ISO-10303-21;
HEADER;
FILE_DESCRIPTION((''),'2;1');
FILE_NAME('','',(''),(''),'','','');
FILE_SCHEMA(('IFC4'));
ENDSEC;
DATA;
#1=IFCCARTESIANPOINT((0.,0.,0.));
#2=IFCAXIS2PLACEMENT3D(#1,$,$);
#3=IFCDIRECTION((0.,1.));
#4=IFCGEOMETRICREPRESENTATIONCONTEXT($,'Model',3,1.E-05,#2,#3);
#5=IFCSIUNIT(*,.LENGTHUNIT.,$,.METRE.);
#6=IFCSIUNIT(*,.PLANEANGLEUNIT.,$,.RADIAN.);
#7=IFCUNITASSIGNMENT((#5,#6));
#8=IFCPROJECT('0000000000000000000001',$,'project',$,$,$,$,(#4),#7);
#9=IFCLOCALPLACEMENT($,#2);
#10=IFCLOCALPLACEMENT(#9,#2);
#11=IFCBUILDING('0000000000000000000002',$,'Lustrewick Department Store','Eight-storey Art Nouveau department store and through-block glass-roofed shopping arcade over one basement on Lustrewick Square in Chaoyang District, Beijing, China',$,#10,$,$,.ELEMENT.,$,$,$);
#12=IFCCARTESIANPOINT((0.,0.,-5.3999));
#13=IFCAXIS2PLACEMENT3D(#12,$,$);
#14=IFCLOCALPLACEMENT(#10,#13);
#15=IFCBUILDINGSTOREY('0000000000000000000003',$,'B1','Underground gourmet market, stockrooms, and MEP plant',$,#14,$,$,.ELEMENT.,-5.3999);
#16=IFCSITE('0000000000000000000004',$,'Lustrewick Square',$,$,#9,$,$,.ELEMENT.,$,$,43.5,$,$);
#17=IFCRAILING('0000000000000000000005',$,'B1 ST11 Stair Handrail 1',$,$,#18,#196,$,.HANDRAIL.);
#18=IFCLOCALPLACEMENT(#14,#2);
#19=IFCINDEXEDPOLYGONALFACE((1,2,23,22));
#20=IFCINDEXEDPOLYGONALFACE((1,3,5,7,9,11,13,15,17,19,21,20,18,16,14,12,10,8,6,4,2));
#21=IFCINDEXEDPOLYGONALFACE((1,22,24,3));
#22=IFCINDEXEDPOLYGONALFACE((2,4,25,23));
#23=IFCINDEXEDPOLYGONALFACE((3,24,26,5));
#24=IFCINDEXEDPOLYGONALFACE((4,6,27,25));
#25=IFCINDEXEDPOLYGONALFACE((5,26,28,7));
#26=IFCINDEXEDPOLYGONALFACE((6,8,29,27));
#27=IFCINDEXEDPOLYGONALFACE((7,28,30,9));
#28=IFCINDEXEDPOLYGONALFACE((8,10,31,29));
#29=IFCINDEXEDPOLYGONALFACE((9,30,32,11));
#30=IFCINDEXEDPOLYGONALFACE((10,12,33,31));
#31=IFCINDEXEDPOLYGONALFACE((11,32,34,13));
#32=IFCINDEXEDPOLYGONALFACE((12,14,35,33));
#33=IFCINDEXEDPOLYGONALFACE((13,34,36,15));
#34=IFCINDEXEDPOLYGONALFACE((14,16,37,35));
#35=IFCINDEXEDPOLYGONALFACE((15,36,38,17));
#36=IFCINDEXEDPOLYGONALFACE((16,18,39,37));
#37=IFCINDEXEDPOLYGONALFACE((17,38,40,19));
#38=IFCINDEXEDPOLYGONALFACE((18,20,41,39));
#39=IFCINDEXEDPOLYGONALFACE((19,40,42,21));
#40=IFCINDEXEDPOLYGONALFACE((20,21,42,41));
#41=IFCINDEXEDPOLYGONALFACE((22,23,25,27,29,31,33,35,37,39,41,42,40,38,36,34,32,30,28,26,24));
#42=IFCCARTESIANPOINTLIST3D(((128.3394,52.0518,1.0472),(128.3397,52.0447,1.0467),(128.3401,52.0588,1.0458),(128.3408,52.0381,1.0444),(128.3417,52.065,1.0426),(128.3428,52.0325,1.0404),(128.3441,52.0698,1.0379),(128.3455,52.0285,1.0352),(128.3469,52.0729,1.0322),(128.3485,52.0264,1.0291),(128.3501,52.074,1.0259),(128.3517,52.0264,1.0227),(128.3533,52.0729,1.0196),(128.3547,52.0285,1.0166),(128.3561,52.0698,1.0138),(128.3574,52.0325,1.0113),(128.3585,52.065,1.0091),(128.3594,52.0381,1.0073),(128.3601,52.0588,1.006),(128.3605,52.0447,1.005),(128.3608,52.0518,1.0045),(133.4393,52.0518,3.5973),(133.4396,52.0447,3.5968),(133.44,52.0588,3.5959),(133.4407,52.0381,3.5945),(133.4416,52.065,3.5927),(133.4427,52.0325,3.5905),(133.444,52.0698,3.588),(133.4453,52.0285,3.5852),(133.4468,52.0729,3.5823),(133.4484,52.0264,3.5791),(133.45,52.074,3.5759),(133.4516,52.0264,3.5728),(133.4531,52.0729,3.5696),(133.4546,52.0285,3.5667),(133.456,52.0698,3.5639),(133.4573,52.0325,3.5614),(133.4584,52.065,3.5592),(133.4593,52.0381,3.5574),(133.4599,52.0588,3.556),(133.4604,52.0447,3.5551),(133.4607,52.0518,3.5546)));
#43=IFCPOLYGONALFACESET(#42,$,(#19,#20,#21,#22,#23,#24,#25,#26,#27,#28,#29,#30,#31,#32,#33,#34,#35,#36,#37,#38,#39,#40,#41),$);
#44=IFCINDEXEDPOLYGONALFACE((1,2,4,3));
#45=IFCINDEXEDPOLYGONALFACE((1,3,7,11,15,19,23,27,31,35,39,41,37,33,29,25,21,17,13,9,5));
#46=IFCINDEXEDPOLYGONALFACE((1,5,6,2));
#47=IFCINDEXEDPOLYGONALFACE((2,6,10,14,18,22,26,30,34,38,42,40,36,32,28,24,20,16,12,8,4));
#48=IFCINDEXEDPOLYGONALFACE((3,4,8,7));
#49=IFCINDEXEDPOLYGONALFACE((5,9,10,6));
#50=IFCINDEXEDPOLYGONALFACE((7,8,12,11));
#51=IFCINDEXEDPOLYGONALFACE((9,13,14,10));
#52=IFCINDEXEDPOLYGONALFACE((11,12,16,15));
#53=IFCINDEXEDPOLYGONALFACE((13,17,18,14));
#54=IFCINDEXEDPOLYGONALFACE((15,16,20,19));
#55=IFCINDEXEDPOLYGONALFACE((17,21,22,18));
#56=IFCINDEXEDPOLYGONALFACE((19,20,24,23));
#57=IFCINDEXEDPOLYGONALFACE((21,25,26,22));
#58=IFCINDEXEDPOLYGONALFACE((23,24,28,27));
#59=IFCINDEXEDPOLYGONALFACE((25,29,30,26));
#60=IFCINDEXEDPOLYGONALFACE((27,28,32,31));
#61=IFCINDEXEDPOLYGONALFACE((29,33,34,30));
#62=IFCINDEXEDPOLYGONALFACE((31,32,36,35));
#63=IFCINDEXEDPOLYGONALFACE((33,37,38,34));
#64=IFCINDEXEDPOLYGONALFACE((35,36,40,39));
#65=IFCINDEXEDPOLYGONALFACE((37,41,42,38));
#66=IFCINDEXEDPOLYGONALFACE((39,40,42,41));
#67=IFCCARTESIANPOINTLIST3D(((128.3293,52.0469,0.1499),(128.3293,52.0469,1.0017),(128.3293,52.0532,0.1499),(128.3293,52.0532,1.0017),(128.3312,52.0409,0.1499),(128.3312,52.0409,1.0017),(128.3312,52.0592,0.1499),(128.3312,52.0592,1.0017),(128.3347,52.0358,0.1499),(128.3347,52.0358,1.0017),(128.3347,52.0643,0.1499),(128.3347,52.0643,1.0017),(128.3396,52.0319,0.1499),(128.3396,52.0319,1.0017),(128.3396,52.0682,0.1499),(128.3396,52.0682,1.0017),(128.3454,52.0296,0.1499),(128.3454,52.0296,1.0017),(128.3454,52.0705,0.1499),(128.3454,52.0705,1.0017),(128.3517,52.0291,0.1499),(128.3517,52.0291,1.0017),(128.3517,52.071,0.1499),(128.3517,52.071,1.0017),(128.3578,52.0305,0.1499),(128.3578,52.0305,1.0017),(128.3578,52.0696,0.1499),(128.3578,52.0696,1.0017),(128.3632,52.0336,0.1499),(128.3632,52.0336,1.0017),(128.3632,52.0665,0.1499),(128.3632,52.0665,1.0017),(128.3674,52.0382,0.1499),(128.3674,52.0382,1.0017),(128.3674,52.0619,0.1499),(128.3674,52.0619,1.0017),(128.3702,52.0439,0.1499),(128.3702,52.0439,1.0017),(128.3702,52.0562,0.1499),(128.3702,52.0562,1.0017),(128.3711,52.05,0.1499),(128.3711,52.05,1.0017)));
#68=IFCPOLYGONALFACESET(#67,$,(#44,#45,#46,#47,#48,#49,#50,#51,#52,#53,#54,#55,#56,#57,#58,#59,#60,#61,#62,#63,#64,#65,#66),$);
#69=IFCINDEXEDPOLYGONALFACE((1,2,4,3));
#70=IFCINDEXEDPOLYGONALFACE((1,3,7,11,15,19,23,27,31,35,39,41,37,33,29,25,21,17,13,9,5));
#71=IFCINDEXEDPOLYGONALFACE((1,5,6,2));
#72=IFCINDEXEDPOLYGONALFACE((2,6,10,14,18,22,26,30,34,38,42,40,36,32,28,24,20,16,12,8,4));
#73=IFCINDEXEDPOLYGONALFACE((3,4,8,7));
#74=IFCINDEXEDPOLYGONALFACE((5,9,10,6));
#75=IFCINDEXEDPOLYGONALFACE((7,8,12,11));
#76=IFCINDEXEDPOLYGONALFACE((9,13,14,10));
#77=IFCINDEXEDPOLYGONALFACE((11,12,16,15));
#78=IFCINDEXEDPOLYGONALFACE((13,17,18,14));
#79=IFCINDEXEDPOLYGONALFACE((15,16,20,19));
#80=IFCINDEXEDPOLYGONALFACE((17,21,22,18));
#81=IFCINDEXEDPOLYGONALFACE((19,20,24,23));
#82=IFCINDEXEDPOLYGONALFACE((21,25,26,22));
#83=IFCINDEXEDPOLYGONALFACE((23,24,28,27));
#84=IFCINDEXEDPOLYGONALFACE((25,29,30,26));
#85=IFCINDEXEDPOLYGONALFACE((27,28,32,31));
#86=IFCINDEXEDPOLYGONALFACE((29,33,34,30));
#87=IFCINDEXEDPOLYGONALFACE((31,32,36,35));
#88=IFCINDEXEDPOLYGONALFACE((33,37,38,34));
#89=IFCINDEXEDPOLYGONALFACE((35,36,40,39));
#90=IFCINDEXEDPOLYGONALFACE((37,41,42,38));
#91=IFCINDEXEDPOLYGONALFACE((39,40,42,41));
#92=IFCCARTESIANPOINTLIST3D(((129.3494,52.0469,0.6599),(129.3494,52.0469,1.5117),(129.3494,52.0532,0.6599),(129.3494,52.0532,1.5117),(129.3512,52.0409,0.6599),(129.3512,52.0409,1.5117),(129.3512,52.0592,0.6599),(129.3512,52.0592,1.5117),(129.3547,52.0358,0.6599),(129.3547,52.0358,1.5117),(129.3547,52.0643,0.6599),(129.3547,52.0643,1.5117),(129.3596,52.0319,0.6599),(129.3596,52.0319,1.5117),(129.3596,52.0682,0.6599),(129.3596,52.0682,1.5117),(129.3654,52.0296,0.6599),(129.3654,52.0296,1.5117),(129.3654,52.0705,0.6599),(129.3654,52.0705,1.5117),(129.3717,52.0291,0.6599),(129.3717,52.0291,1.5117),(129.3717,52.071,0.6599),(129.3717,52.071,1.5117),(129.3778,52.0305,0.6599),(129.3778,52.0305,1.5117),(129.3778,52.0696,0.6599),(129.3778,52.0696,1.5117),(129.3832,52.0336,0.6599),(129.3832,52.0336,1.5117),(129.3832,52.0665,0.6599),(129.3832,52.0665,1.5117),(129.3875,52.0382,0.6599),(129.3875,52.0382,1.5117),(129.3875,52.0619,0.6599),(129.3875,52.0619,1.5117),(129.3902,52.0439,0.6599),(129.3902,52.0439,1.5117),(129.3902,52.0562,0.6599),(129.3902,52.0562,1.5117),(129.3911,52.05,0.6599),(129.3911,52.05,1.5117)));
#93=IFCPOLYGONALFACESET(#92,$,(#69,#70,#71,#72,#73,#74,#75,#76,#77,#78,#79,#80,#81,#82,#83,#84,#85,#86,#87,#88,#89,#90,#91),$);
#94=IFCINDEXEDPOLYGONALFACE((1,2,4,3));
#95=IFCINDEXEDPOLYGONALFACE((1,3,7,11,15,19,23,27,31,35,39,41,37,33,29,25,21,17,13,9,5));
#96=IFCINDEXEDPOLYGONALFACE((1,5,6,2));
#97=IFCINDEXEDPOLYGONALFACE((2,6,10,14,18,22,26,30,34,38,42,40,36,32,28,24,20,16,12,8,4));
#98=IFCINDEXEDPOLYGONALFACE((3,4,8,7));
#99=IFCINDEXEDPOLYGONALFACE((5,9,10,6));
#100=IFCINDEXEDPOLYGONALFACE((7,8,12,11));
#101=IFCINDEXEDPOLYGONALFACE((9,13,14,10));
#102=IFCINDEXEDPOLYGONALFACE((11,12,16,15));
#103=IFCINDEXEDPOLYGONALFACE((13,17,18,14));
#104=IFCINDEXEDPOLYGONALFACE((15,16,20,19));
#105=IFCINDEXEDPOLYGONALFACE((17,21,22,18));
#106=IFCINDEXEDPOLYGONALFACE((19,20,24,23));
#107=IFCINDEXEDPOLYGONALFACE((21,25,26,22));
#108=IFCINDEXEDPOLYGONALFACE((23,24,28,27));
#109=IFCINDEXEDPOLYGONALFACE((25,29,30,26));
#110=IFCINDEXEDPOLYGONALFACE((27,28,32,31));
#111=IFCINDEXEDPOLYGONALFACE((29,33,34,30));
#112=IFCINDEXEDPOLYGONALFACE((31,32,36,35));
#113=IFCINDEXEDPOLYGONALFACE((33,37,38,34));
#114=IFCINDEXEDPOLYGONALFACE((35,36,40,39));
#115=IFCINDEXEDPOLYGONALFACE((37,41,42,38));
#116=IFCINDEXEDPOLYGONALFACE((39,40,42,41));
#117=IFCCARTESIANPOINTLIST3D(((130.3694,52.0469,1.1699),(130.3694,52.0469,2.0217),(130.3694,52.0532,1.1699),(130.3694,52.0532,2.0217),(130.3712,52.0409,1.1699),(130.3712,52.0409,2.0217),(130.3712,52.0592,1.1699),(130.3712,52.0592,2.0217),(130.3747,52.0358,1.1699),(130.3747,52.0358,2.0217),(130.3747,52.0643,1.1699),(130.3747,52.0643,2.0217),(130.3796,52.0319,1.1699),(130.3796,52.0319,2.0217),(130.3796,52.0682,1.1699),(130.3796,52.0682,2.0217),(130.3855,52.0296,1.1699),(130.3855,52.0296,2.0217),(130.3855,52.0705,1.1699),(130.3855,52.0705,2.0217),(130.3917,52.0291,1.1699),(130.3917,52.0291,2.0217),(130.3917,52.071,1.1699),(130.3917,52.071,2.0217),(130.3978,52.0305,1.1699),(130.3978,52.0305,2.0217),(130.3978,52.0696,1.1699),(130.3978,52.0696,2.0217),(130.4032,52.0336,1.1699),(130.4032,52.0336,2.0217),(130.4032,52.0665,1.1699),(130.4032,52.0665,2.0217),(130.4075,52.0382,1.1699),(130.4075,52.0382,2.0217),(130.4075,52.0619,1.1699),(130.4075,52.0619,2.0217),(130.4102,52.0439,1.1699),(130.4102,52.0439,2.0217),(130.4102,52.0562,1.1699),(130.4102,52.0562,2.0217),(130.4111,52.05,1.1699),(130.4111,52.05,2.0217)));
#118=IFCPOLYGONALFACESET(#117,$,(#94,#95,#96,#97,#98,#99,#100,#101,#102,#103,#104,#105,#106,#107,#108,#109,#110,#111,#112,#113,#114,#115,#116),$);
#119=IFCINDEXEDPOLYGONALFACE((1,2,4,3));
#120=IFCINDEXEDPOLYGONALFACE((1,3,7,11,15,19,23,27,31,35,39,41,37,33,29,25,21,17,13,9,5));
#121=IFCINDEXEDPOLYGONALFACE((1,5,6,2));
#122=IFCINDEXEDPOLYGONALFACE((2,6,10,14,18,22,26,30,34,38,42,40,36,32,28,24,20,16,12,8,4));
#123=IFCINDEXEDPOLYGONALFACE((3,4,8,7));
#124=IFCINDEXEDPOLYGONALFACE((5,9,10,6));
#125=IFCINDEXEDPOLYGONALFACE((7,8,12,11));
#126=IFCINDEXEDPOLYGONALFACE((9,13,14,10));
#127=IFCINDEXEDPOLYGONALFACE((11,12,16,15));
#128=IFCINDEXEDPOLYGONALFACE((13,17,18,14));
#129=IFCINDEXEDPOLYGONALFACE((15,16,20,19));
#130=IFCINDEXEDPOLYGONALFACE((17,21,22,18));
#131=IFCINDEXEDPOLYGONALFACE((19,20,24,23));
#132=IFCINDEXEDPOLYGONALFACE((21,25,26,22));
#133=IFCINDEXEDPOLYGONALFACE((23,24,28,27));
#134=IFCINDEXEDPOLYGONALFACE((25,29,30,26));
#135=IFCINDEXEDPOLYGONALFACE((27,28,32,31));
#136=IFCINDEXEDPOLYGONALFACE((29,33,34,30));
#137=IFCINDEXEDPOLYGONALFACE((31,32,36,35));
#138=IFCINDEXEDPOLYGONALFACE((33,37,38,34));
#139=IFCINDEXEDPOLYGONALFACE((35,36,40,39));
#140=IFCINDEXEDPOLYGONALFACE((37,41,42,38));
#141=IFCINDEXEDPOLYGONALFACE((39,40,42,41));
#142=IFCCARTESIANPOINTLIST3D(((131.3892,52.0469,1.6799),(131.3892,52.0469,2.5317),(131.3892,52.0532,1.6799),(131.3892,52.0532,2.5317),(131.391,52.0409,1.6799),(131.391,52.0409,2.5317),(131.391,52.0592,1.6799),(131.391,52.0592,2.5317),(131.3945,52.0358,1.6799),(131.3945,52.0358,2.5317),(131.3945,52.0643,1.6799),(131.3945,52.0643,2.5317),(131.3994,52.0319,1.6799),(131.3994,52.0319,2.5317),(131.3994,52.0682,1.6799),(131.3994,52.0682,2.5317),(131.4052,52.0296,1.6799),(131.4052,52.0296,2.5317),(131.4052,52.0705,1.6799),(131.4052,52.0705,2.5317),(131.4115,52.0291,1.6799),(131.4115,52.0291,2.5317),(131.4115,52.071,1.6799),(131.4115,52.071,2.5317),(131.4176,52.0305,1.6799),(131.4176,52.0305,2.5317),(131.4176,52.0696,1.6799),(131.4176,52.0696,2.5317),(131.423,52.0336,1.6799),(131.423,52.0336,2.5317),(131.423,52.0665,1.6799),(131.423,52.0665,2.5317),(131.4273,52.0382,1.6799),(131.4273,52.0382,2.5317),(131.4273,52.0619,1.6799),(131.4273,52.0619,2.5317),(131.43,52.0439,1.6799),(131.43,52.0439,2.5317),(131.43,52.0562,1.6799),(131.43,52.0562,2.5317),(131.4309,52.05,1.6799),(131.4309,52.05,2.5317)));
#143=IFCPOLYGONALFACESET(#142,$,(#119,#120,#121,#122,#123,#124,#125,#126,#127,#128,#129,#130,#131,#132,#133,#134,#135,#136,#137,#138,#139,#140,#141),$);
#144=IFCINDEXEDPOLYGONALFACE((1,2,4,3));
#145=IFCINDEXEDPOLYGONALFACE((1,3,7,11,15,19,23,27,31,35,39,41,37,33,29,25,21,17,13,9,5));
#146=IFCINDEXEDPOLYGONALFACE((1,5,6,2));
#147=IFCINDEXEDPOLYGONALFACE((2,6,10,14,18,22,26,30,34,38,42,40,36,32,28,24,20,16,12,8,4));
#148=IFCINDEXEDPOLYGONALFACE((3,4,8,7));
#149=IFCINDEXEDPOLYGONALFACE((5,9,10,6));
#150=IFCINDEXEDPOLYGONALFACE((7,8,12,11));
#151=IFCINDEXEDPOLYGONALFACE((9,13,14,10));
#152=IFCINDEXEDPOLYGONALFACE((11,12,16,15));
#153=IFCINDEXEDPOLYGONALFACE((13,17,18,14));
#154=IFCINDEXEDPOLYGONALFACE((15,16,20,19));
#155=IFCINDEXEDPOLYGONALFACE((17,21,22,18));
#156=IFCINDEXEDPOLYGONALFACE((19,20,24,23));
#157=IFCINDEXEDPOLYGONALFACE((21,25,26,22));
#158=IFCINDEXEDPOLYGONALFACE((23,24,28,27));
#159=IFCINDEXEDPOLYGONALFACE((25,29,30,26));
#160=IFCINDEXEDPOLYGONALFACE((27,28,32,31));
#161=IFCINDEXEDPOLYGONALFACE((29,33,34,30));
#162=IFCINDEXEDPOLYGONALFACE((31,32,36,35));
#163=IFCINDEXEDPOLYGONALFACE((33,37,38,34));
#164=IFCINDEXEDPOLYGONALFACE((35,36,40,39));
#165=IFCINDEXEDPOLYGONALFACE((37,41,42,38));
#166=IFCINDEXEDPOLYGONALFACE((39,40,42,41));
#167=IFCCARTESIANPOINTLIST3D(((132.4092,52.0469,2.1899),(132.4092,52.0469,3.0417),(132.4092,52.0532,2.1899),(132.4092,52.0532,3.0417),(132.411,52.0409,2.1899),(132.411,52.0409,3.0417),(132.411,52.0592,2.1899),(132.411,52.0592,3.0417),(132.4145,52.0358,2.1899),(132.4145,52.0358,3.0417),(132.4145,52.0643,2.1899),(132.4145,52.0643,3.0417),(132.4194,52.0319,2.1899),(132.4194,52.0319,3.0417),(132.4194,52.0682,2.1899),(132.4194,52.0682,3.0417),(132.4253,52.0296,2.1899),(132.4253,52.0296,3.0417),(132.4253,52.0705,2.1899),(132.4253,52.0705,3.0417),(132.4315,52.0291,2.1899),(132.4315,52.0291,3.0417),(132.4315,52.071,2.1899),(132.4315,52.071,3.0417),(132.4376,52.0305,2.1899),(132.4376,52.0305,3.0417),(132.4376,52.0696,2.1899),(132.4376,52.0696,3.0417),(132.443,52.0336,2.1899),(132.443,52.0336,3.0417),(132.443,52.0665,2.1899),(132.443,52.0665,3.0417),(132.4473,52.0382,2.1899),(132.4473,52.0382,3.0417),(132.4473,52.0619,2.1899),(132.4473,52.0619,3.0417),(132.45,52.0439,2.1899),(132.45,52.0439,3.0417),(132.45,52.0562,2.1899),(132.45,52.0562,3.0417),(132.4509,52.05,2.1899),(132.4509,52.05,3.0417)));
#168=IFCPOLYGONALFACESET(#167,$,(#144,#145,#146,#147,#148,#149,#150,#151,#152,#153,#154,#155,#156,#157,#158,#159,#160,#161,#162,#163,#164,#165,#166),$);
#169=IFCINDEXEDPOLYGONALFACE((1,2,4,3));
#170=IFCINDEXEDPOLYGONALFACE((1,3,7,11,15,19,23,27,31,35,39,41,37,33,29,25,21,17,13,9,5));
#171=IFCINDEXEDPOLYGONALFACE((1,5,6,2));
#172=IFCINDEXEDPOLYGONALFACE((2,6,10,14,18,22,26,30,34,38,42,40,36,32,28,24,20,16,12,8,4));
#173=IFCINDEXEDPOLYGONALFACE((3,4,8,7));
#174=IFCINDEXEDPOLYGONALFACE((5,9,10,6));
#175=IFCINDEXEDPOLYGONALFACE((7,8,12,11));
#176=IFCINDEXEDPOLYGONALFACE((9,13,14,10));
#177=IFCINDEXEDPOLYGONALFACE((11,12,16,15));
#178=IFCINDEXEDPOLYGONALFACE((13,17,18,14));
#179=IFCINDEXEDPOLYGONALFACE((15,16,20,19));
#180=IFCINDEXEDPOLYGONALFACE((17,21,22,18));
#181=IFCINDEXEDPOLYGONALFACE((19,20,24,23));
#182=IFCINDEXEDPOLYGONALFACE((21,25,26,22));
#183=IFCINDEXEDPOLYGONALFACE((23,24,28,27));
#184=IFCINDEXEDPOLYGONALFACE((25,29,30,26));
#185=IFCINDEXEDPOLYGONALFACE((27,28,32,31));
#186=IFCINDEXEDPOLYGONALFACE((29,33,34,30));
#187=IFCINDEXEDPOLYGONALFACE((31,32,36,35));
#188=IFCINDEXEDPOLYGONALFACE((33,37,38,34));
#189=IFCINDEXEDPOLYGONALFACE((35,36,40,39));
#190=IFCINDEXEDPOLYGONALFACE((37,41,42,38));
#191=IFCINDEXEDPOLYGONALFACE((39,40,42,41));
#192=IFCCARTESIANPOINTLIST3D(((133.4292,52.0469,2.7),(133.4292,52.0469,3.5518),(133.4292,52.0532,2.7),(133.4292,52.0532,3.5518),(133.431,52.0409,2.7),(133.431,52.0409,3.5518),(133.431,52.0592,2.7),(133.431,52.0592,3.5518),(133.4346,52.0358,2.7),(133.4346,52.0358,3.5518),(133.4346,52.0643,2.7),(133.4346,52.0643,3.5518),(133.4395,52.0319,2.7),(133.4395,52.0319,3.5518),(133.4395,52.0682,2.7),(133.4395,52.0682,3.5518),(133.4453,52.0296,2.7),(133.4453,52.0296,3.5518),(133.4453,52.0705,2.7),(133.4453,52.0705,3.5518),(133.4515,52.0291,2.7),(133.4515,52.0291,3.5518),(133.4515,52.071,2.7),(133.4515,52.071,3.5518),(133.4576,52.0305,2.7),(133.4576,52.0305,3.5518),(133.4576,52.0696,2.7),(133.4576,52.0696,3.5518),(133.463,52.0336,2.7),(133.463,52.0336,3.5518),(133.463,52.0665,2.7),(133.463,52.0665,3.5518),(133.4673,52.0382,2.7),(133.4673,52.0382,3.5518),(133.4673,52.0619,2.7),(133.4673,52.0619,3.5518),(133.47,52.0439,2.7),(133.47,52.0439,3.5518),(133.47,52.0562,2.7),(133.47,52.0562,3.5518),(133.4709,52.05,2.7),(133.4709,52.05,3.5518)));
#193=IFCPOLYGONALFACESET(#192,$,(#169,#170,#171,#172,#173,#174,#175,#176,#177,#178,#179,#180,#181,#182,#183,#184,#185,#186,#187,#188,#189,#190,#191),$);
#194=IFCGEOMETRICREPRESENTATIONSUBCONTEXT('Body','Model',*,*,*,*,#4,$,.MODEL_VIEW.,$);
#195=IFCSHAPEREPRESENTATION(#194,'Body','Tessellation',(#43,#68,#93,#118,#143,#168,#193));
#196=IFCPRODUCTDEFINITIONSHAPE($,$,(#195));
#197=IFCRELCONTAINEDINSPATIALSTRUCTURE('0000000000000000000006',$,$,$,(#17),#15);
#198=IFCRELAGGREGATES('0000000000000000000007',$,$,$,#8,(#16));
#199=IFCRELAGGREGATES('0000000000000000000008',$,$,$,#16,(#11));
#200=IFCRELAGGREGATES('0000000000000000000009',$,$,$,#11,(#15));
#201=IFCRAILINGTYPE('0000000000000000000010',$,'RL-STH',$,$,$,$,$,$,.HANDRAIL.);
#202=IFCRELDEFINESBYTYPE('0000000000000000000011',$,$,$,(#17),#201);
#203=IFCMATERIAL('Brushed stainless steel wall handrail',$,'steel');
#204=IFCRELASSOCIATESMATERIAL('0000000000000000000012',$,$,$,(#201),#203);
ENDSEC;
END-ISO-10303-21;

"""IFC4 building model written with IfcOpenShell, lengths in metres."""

from ifc_helpers import new_model, si_unit, direction, frame, origin, origin_2d, place, context, subcontext, project, spatial, circle, extrude, material, type_object, element, save


model = new_model("IFC4")

# Units and contexts
model_context = context("Model", 3, precision=1e-05, world=origin(), true_north=direction((0.0, 1.0)))
body_context = subcontext(model_context, "Body", "Model", "MODEL_VIEW")
ifc_project = project(units=[si_unit("LENGTHUNIT", "METRE"), si_unit("PLANEANGLEUNIT", "RADIAN")], contexts=[model_context])

# Site, building, storey
site_placement = place(None, origin())
site = spatial("IfcSite", under=ifc_project, at=site_placement, Name="Lustrewick Square", CompositionType="ELEMENT", RefElevation=43.5)
building_placement = place(site_placement, origin())
building = spatial("IfcBuilding", under=site, at=building_placement, Name="Lustrewick Department Store", Description="Eight-storey Art Nouveau department store and through-block glass-roofed shopping arcade over one basement on Lustrewick Square in Chaoyang District, Beijing, China", CompositionType="ELEMENT")
storey_placement = place(building_placement, frame((0.0, 0.0, -5.3999)))
storey = spatial("IfcBuildingStorey", under=building, at=storey_placement, Name="B1", Description="Underground gourmet market, stockrooms, and MEP plant", CompositionType="ELEMENT", Elevation=-5.3999)

# Railing
ifc_material_1 = material(Name="Brushed stainless steel wall handrail", Category="steel")
railing_type_1 = type_object("IfcRailingType", Name="RL-STH", PredefinedType="HANDRAIL", material=ifc_material_1)
railing_1_placement = place(storey_placement, frame((128.3501, 52.05, 0.1499)))
element("IfcRailing", 1, at=railing_1_placement, inside=storey, type_object=railing_type_1, Name="B1 ST11 Stair Handrail 1", PredefinedType="HANDRAIL", context=body_context, shape_type="SweptSolid", body=[
    extrude(circle(Radius=0.0239, at=origin_2d()), frame((0.0, 0.0, 0.876), z_axis=(0.894419, 0.0, 0.447231), x_axis=(0.0, 1.0, 0.0)), (0.0, 0.0, 1.0), 5.7019),
    extrude(circle(Radius=0.021, at=origin_2d()), origin(), (0.0, 0.0, 1.0), 0.8518),
    extrude(circle(Radius=0.021, at=origin_2d()), frame((1.02, 0.0, 0.51)), (0.0, 0.0, 1.0), 0.8518),
    extrude(circle(Radius=0.021, at=origin_2d()), frame((2.04, 0.0, 1.02)), (0.0, 0.0, 1.0), 0.8518),
    extrude(circle(Radius=0.021, at=origin_2d()), frame((3.0598, 0.0, 1.53)), (0.0, 0.0, 1.0), 0.8518),
    extrude(circle(Radius=0.021, at=origin_2d()), frame((4.0798, 0.0, 2.04)), (0.0, 0.0, 1.0), 0.8518),
    extrude(circle(Radius=0.021, at=origin_2d()), frame((5.0999, 0.0, 2.55)), (0.0, 0.0, 1.0), 0.8518),
])

save(model, "model.ifc")
